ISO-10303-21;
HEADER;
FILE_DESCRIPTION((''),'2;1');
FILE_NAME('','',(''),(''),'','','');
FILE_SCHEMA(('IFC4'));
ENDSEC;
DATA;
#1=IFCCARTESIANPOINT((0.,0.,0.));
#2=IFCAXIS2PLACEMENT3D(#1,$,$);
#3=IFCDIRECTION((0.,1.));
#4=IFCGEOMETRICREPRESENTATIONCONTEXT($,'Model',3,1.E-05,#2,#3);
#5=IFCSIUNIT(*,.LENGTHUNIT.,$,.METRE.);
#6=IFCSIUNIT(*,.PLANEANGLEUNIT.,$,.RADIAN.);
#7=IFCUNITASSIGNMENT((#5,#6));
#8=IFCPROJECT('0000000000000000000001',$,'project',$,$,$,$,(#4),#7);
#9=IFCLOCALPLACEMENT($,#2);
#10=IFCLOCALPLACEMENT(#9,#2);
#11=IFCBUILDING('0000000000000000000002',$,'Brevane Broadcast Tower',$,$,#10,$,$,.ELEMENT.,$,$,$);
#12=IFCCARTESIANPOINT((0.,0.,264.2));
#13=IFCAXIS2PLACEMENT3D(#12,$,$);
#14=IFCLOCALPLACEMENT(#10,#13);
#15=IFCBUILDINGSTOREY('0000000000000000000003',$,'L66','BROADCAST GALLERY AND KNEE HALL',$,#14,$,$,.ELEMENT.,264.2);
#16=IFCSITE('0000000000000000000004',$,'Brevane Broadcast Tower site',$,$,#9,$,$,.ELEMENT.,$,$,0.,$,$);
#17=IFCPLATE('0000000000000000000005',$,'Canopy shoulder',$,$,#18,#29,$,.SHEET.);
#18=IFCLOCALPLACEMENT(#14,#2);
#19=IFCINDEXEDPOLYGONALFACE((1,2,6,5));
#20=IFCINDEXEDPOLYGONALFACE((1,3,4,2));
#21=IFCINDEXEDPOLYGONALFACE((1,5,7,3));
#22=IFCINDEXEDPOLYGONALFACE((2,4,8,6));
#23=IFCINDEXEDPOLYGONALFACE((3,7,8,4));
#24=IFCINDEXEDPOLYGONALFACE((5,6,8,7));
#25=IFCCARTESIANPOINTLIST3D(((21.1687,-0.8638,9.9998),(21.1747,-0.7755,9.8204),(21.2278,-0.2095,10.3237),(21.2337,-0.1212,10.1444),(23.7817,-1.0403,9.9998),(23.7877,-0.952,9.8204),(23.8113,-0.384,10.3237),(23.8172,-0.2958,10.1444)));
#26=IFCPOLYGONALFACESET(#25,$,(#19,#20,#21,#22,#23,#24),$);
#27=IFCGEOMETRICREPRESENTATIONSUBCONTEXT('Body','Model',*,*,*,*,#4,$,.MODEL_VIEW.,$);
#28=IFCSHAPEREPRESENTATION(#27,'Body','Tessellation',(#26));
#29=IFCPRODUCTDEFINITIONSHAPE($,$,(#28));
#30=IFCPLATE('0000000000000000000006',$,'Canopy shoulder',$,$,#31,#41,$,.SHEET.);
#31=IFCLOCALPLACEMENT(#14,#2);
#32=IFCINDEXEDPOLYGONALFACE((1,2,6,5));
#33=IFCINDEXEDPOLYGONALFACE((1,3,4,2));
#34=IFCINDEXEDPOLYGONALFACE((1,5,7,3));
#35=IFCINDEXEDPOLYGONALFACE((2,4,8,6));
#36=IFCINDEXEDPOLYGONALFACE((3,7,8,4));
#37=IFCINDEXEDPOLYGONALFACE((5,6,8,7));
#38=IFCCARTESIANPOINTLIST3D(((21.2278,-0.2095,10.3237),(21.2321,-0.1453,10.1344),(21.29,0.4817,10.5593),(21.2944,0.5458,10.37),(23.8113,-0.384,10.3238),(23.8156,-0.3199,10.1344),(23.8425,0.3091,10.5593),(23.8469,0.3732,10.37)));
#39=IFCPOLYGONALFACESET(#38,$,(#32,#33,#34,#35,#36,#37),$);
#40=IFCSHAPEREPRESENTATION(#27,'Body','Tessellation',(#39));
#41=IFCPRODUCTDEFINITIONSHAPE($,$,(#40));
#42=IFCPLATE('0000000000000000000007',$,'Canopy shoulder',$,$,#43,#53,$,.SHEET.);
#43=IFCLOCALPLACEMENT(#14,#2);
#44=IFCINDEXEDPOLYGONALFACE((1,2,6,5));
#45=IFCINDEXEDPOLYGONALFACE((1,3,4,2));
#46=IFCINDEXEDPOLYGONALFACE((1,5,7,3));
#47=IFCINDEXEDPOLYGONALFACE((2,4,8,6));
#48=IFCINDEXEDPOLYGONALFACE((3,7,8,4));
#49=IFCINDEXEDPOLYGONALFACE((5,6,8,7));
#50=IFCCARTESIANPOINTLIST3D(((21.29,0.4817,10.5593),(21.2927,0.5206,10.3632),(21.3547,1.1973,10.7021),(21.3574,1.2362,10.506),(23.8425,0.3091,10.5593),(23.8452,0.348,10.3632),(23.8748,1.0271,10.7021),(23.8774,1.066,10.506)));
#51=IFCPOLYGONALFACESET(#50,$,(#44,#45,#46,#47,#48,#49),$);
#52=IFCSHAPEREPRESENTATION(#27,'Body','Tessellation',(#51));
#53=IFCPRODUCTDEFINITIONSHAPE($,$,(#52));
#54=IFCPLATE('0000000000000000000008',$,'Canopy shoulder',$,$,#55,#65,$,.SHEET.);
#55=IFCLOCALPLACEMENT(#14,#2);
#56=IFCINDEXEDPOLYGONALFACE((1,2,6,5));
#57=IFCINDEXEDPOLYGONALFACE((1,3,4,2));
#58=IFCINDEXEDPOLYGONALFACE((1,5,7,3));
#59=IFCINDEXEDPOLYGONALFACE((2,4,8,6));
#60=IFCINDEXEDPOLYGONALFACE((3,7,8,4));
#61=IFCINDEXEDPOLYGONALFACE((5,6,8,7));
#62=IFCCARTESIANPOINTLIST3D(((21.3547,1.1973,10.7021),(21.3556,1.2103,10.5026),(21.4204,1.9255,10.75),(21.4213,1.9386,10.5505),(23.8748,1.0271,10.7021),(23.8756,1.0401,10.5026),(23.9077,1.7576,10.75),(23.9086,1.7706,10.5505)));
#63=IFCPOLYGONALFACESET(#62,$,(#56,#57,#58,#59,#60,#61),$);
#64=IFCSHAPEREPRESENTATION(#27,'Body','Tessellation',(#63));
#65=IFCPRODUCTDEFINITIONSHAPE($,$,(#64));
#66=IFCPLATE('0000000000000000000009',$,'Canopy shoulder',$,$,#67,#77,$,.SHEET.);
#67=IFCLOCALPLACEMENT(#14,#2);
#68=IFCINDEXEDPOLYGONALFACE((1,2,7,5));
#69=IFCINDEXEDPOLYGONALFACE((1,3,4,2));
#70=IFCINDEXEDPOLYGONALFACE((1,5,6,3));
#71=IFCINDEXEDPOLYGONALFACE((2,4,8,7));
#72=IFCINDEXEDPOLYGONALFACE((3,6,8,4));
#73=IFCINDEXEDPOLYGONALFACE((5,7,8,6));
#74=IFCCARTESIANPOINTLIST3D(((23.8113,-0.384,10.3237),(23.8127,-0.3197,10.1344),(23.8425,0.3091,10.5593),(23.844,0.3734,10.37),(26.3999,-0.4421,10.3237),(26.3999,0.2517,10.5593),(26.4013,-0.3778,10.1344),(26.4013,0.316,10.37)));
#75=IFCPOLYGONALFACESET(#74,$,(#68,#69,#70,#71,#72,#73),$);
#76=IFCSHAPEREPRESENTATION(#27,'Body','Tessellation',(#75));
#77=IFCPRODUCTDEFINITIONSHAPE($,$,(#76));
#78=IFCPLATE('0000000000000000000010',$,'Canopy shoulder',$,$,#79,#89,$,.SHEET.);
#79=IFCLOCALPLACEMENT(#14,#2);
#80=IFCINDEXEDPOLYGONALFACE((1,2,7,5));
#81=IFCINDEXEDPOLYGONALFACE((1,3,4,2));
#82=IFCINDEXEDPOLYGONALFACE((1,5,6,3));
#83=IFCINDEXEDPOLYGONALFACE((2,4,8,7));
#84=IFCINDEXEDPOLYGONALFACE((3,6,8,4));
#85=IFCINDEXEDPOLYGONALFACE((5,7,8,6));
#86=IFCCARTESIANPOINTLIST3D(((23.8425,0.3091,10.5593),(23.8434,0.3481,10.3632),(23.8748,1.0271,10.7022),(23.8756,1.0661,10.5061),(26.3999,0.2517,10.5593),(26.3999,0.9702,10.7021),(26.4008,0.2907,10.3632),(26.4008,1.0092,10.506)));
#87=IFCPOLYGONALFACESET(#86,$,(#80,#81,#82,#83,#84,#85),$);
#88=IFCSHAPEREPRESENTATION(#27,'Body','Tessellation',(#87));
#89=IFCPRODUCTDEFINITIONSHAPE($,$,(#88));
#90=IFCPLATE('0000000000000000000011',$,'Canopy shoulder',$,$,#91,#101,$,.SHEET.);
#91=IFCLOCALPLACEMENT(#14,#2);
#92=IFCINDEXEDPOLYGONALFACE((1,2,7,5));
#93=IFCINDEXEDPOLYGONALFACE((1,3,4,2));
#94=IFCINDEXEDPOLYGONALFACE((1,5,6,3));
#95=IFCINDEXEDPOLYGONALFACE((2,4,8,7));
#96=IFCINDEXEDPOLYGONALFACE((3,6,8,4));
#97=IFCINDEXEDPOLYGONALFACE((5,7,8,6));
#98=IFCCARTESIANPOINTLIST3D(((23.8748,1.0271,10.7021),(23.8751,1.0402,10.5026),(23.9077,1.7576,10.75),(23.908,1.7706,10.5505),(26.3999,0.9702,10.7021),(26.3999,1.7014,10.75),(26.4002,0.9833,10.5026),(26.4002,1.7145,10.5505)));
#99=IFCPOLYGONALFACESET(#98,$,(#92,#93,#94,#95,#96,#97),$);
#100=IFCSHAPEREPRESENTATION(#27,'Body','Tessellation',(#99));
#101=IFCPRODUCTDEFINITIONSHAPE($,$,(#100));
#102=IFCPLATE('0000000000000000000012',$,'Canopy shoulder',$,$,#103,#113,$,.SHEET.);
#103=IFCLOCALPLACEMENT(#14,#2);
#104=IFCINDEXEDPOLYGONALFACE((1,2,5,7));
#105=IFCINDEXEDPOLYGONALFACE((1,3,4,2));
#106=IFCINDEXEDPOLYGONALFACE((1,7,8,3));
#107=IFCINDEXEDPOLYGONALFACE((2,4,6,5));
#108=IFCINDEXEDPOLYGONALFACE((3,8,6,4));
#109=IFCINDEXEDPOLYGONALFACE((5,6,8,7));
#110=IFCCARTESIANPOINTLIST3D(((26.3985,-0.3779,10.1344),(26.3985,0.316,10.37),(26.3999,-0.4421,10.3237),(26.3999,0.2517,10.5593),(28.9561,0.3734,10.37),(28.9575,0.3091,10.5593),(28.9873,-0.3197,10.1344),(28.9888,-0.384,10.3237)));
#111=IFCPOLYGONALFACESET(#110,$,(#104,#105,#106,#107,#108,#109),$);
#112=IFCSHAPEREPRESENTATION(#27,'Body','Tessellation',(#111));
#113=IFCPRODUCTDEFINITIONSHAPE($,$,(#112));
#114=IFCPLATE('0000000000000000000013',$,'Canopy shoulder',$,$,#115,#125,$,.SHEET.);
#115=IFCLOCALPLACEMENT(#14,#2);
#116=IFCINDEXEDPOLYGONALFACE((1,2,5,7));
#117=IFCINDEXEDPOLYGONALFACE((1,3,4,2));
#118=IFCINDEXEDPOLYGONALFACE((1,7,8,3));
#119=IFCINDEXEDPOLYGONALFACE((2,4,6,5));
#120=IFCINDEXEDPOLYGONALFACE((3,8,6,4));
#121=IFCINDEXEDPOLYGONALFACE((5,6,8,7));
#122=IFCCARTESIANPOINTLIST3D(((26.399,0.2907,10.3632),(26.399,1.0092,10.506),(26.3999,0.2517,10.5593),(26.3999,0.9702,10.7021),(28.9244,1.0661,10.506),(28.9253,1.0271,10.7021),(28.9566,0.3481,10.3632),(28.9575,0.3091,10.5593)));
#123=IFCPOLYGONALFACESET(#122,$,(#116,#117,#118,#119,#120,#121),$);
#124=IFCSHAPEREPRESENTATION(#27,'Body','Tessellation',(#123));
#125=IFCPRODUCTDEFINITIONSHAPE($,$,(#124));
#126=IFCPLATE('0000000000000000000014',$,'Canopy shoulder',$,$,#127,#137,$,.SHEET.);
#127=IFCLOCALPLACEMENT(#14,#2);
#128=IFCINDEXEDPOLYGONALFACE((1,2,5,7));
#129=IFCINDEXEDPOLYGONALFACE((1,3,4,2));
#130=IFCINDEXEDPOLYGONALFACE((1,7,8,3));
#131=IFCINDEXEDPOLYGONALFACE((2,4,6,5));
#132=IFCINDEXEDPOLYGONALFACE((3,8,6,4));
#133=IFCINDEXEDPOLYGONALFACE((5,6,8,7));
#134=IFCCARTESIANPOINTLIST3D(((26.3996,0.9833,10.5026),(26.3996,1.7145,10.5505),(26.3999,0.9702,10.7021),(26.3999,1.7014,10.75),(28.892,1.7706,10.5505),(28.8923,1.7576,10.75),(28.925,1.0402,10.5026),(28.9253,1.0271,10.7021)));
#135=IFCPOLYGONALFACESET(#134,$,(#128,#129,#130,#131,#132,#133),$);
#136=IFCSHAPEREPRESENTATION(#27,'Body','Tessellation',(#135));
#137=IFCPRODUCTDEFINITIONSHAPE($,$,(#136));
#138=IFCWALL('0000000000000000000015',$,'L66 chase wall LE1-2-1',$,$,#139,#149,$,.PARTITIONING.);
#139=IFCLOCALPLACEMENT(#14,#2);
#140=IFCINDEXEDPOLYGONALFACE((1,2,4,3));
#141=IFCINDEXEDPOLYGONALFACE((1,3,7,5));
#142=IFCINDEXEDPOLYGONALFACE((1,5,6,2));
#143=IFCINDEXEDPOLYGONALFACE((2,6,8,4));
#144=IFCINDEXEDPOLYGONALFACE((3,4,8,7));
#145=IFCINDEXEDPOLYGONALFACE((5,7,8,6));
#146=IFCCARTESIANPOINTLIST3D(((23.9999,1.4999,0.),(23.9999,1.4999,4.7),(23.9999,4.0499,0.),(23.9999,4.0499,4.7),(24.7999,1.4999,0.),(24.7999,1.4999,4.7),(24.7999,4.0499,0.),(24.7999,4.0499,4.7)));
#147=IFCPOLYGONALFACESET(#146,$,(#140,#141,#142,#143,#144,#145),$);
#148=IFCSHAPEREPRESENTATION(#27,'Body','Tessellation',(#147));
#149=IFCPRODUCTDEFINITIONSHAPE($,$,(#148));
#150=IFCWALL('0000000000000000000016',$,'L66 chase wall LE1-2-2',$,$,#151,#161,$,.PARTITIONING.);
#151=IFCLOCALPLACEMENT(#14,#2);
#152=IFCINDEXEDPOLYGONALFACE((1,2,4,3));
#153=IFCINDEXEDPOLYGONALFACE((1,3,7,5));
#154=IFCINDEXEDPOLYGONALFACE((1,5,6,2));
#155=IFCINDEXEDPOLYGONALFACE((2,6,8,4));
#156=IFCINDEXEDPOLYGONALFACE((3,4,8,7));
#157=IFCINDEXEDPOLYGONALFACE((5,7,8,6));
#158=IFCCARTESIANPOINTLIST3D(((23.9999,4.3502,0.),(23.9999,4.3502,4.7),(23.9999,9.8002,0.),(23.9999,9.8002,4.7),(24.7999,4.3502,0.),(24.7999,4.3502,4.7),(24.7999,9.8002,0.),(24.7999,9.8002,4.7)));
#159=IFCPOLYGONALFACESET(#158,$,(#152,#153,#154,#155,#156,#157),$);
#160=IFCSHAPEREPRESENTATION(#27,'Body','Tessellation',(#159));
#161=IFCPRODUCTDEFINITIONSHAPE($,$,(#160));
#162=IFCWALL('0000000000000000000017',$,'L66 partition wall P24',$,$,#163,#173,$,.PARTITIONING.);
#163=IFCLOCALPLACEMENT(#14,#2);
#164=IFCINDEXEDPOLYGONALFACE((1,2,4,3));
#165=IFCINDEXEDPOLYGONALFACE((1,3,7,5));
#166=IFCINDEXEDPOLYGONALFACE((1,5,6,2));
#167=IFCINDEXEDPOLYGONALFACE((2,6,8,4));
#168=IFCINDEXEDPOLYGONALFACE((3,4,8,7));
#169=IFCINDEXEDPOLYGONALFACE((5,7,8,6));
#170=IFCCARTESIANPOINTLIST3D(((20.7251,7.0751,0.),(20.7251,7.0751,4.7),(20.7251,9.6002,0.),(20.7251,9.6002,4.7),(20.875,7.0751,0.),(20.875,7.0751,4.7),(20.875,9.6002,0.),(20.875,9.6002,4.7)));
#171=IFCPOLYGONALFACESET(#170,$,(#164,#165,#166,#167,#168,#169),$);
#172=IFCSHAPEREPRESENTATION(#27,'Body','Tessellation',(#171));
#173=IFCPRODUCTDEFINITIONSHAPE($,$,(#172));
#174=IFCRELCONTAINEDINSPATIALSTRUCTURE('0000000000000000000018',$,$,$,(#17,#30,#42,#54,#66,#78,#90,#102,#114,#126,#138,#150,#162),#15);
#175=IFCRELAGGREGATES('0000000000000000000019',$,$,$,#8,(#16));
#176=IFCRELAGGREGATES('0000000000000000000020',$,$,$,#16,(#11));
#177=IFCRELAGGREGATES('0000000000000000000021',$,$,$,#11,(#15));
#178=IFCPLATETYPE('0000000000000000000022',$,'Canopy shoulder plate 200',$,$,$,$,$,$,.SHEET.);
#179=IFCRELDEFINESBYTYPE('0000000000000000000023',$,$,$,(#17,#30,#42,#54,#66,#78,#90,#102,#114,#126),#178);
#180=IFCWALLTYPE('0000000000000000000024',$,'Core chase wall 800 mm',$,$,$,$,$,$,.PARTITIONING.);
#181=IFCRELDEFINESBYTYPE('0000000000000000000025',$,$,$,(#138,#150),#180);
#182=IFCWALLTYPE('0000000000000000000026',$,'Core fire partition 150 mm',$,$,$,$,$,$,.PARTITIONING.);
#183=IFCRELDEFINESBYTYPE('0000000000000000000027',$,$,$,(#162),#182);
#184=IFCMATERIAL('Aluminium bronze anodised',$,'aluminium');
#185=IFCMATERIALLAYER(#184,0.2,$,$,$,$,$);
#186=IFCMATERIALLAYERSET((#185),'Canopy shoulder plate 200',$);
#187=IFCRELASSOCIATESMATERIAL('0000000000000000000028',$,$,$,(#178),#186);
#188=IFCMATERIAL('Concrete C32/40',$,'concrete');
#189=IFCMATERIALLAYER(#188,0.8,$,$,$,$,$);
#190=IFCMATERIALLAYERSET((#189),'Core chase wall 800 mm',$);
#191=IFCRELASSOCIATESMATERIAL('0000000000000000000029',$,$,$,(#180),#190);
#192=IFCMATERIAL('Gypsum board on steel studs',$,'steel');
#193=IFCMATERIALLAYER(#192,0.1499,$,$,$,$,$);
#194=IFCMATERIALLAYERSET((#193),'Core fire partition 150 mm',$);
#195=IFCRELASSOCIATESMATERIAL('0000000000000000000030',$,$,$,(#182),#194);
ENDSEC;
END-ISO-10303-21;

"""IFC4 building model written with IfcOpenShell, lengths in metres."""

from ifc_helpers import new_model, si_unit, direction, frame, frame_2d, origin, place, context, subcontext, project, spatial, polyline, rectangle, outline, extrude, material, layer, layer_set, type_object, element, save


model = new_model("IFC4")

# Units and contexts
model_context = context("Model", 3, precision=1e-05, world=origin(), true_north=direction((0.0, 1.0)))
body_context = subcontext(model_context, "Body", "Model", "MODEL_VIEW")
ifc_project = project(units=[si_unit("LENGTHUNIT", "METRE"), si_unit("PLANEANGLEUNIT", "RADIAN")], contexts=[model_context])

# Site, building, storey
site_placement = place(None, origin())
site = spatial("IfcSite", under=ifc_project, at=site_placement, Name="Brevane Broadcast Tower site", CompositionType="ELEMENT", RefElevation=0.0)
building_placement = place(site_placement, origin())
building = spatial("IfcBuilding", under=site, at=building_placement, Name="Brevane Broadcast Tower", CompositionType="ELEMENT")
storey_placement = place(building_placement, frame((0.0, 0.0, 264.2)))
storey = spatial("IfcBuildingStorey", under=building, at=storey_placement, Name="L66", Description="BROADCAST GALLERY AND KNEE HALL", CompositionType="ELEMENT", Elevation=264.2)

# Plates
ifc_material_1 = material(Name="Aluminium bronze anodised", Category="aluminium")
ifc_layer_1 = layer(ifc_material_1, 0.2)
ifc_layer_set_1 = layer_set([ifc_layer_1], Name="Canopy shoulder plate 200")
plate_type = type_object("IfcPlateType", Name="Canopy shoulder plate 200", PredefinedType="SHEET", material=ifc_layer_set_1)
plate_1_placement = place(storey_placement, frame((21.1687, -0.8638, 9.9998), z_axis=(-0.02982, -0.441383, 0.896823), x_axis=(0.997726, -0.067399, 0.000003)))
element("IfcPlate", 1, at=plate_1_placement, inside=storey, type_object=plate_type, Name="Canopy shoulder", PredefinedType="SHEET", context=body_context, shape_type="SweptSolid", body=[
    extrude(outline(polyline([(0.0, 0.0), (2.619, 0.0), (2.6042, 0.7323), (0.0148, 0.7323), (0.0, 0.0)])), origin(), (0.0, 0.0, -1.0), 0.2),
])
plate_2_placement = place(storey_placement, frame((21.2278, -0.2095, 10.3237), z_axis=(-0.021687, -0.320843, 0.946884), x_axis=(0.997725, -0.067417, 0.000008)))
element("IfcPlate", 2, at=plate_2_placement, inside=storey, type_object=plate_type, Name="Canopy shoulder", PredefinedType="SHEET", context=body_context, shape_type="SweptSolid", body=[
    extrude(outline(polyline([(0.0, 0.0), (2.5894, 0.0), (2.5738, 0.7326), (0.0155, 0.7327), (0.0, 0.0)])), origin(), (0.0, 0.0, -1.0), 0.2),
])
plate_3_placement = place(storey_placement, frame((21.29, 0.4817, 10.5593), z_axis=(-0.013146, -0.194538, 0.980807), x_axis=(0.997721, -0.067467, -0.000009)))
element("IfcPlate", 3, at=plate_3_placement, inside=storey, type_object=plate_type, Name="Canopy shoulder", PredefinedType="SHEET", context=body_context, shape_type="SweptSolid", body=[
    extrude(outline(polyline([(0.0, 0.0), (2.5583, 0.0), (2.542, 0.7326), (0.0163, 0.7324), (0.0, 0.0)])), origin(), (0.0, 0.0, -1.0), 0.2),
])
plate_4_placement = place(storey_placement, frame((21.3547, 1.1973, 10.7021), z_axis=(-0.004401, -0.065169, 0.997865), x_axis=(0.997728, -0.067372, 0.0)))
element("IfcPlate", 4, at=plate_4_placement, inside=storey, type_object=plate_type, Name="Canopy shoulder", PredefinedType="SHEET", context=body_context, shape_type="SweptSolid", body=[
    extrude(outline(polyline([(0.0, 0.0), (2.5258, 0.0), (2.5094, 0.7326), (0.0165, 0.7326), (0.0, 0.0)])), origin(), (0.0, 0.0, -1.0), 0.2),
])
plate_5_placement = place(storey_placement, frame((23.8113, -0.384, 10.3237), z_axis=(-0.007215, -0.321519, 0.946876), x_axis=(0.999748, -0.02244, -0.000002)))
element("IfcPlate", 5, at=plate_5_placement, inside=storey, type_object=plate_type, Name="Canopy shoulder", PredefinedType="SHEET", context=body_context, shape_type="SweptSolid", body=[
    extrude(outline(polyline([(0.0, 0.0), (2.5893, 0.0), (2.5737, 0.7326), (0.0157, 0.7326), (0.0, 0.0)])), origin(), (0.0, 0.0, -1.0), 0.2),
])
plate_6_placement = place(storey_placement, frame((23.8425, 0.3091, 10.5593), z_axis=(-0.004382, -0.19493, 0.980807), x_axis=(0.999748, -0.02243, 0.000009)))
element("IfcPlate", 6, at=plate_6_placement, inside=storey, type_object=plate_type, Name="Canopy shoulder", PredefinedType="SHEET", context=body_context, shape_type="SweptSolid", body=[
    extrude(outline(polyline([(0.0, 0.0), (2.558, 0.0), (2.5419, 0.7324), (0.0161, 0.7326), (0.0, 0.0)])), origin(), (0.0, 0.0, -1.0), 0.2),
])
plate_7_placement = place(storey_placement, frame((23.8748, 1.0271, 10.7021), z_axis=(-0.001471, -0.065302, 0.997864), x_axis=(0.999746, -0.022522, 0.0)))
element("IfcPlate", 7, at=plate_7_placement, inside=storey, type_object=plate_type, Name="Canopy shoulder", PredefinedType="SHEET", context=body_context, shape_type="SweptSolid", body=[
    extrude(outline(polyline([(0.0, 0.0), (2.5258, 0.0), (2.5093, 0.7326), (0.0165, 0.7326), (0.0, 0.0)])), origin(), (0.0, 0.0, -1.0), 0.2),
])
plate_8_placement = place(storey_placement, frame((26.3999, -0.4421, 10.3237), z_axis=(0.007214, -0.321519, 0.946876), x_axis=(0.999748, 0.022438, 0.000002)))
element("IfcPlate", 8, at=plate_8_placement, inside=storey, type_object=plate_type, Name="Canopy shoulder", PredefinedType="SHEET", context=body_context, shape_type="SweptSolid", body=[
    extrude(outline(polyline([(0.0, 0.0), (2.5895, 0.0), (2.5738, 0.7326), (0.0156, 0.7326), (0.0, 0.0)])), origin(), (0.0, 0.0, -1.0), 0.2),
])
plate_9_placement = place(storey_placement, frame((26.3999, 0.2517, 10.5593), z_axis=(0.004382, -0.19493, 0.980807), x_axis=(0.999748, 0.022428, -0.000009)))
element("IfcPlate", 9, at=plate_9_placement, inside=storey, type_object=plate_type, Name="Canopy shoulder", PredefinedType="SHEET", context=body_context, shape_type="SweptSolid", body=[
    extrude(outline(polyline([(0.0, 0.0), (2.5583, 0.0), (2.5421, 0.7326), (0.0161, 0.7324), (0.0, 0.0)])), origin(), (0.0, 0.0, -1.0), 0.2),
])
plate_10_placement = place(storey_placement, frame((26.3999, 0.9702, 10.7021), z_axis=(0.001471, -0.065302, 0.997864), x_axis=(0.999746, 0.022519, 0.0)))
element("IfcPlate", 10, at=plate_10_placement, inside=storey, type_object=plate_type, Name="Canopy shoulder", PredefinedType="SHEET", context=body_context, shape_type="SweptSolid", body=[
    extrude(outline(polyline([(0.0, 0.0), (2.526, 0.0), (2.5095, 0.7326), (0.0165, 0.7326), (0.0, 0.0)])), origin(), (0.0, 0.0, -1.0), 0.2),
])

# Walls
ifc_material_2 = material(Name="Concrete C32/40", Category="concrete")
ifc_layer_2 = layer(ifc_material_2, 0.8)
ifc_layer_set_2 = layer_set([ifc_layer_2], Name="Core chase wall 800 mm")
wall_type_1 = type_object("IfcWallType", Name="Core chase wall 800 mm", PredefinedType="PARTITIONING", material=ifc_layer_set_2)
wall_1_placement = place(storey_placement, frame((24.3999, 1.5, 0.0), z_axis=(0.0, 0.0, 1.0), x_axis=(0.0, 1.0, 0.0)))
element("IfcWall", 11, at=wall_1_placement, inside=storey, type_object=wall_type_1, Name="L66 chase wall LE1-2-1", PredefinedType="PARTITIONING", context=body_context, shape_type="SweptSolid", body=[
    extrude(rectangle(XDim=2.55, YDim=0.8, at=frame_2d((1.2749, 0.0))), origin(), (0.0, 0.0, 1.0), 4.7),
])
wall_2_placement = place(storey_placement, frame((24.3999, 4.3501, 0.0), z_axis=(0.0, 0.0, 1.0), x_axis=(0.0, 1.0, 0.0)))
element("IfcWall", 12, at=wall_2_placement, inside=storey, type_object=wall_type_1, Name="L66 chase wall LE1-2-2", PredefinedType="PARTITIONING", context=body_context, shape_type="SweptSolid", body=[
    extrude(rectangle(XDim=5.45, YDim=0.8, at=frame_2d((2.7251, 0.0))), origin(), (0.0, 0.0, 1.0), 4.7),
])
ifc_material_3 = material(Name="Gypsum board on steel studs", Category="steel")
ifc_layer_3 = layer(ifc_material_3, 0.1499)
ifc_layer_set_3 = layer_set([ifc_layer_3], Name="Core fire partition 150 mm")
wall_type_2 = type_object("IfcWallType", Name="Core fire partition 150 mm", PredefinedType="PARTITIONING", material=ifc_layer_set_3)
wall_3_placement = place(storey_placement, frame((20.8, 7.075, 0.0), z_axis=(0.0, 0.0, 1.0), x_axis=(0.0, 1.0, 0.0)))
element("IfcWall", 13, at=wall_3_placement, inside=storey, type_object=wall_type_2, Name="L66 partition wall P24", PredefinedType="PARTITIONING", context=body_context, shape_type="SweptSolid", body=[
    extrude(rectangle(XDim=2.5251, YDim=0.1499, at=frame_2d((1.2627, 0.0))), origin(), (0.0, 0.0, 1.0), 4.7),
])

save(model, "model.ifc")
